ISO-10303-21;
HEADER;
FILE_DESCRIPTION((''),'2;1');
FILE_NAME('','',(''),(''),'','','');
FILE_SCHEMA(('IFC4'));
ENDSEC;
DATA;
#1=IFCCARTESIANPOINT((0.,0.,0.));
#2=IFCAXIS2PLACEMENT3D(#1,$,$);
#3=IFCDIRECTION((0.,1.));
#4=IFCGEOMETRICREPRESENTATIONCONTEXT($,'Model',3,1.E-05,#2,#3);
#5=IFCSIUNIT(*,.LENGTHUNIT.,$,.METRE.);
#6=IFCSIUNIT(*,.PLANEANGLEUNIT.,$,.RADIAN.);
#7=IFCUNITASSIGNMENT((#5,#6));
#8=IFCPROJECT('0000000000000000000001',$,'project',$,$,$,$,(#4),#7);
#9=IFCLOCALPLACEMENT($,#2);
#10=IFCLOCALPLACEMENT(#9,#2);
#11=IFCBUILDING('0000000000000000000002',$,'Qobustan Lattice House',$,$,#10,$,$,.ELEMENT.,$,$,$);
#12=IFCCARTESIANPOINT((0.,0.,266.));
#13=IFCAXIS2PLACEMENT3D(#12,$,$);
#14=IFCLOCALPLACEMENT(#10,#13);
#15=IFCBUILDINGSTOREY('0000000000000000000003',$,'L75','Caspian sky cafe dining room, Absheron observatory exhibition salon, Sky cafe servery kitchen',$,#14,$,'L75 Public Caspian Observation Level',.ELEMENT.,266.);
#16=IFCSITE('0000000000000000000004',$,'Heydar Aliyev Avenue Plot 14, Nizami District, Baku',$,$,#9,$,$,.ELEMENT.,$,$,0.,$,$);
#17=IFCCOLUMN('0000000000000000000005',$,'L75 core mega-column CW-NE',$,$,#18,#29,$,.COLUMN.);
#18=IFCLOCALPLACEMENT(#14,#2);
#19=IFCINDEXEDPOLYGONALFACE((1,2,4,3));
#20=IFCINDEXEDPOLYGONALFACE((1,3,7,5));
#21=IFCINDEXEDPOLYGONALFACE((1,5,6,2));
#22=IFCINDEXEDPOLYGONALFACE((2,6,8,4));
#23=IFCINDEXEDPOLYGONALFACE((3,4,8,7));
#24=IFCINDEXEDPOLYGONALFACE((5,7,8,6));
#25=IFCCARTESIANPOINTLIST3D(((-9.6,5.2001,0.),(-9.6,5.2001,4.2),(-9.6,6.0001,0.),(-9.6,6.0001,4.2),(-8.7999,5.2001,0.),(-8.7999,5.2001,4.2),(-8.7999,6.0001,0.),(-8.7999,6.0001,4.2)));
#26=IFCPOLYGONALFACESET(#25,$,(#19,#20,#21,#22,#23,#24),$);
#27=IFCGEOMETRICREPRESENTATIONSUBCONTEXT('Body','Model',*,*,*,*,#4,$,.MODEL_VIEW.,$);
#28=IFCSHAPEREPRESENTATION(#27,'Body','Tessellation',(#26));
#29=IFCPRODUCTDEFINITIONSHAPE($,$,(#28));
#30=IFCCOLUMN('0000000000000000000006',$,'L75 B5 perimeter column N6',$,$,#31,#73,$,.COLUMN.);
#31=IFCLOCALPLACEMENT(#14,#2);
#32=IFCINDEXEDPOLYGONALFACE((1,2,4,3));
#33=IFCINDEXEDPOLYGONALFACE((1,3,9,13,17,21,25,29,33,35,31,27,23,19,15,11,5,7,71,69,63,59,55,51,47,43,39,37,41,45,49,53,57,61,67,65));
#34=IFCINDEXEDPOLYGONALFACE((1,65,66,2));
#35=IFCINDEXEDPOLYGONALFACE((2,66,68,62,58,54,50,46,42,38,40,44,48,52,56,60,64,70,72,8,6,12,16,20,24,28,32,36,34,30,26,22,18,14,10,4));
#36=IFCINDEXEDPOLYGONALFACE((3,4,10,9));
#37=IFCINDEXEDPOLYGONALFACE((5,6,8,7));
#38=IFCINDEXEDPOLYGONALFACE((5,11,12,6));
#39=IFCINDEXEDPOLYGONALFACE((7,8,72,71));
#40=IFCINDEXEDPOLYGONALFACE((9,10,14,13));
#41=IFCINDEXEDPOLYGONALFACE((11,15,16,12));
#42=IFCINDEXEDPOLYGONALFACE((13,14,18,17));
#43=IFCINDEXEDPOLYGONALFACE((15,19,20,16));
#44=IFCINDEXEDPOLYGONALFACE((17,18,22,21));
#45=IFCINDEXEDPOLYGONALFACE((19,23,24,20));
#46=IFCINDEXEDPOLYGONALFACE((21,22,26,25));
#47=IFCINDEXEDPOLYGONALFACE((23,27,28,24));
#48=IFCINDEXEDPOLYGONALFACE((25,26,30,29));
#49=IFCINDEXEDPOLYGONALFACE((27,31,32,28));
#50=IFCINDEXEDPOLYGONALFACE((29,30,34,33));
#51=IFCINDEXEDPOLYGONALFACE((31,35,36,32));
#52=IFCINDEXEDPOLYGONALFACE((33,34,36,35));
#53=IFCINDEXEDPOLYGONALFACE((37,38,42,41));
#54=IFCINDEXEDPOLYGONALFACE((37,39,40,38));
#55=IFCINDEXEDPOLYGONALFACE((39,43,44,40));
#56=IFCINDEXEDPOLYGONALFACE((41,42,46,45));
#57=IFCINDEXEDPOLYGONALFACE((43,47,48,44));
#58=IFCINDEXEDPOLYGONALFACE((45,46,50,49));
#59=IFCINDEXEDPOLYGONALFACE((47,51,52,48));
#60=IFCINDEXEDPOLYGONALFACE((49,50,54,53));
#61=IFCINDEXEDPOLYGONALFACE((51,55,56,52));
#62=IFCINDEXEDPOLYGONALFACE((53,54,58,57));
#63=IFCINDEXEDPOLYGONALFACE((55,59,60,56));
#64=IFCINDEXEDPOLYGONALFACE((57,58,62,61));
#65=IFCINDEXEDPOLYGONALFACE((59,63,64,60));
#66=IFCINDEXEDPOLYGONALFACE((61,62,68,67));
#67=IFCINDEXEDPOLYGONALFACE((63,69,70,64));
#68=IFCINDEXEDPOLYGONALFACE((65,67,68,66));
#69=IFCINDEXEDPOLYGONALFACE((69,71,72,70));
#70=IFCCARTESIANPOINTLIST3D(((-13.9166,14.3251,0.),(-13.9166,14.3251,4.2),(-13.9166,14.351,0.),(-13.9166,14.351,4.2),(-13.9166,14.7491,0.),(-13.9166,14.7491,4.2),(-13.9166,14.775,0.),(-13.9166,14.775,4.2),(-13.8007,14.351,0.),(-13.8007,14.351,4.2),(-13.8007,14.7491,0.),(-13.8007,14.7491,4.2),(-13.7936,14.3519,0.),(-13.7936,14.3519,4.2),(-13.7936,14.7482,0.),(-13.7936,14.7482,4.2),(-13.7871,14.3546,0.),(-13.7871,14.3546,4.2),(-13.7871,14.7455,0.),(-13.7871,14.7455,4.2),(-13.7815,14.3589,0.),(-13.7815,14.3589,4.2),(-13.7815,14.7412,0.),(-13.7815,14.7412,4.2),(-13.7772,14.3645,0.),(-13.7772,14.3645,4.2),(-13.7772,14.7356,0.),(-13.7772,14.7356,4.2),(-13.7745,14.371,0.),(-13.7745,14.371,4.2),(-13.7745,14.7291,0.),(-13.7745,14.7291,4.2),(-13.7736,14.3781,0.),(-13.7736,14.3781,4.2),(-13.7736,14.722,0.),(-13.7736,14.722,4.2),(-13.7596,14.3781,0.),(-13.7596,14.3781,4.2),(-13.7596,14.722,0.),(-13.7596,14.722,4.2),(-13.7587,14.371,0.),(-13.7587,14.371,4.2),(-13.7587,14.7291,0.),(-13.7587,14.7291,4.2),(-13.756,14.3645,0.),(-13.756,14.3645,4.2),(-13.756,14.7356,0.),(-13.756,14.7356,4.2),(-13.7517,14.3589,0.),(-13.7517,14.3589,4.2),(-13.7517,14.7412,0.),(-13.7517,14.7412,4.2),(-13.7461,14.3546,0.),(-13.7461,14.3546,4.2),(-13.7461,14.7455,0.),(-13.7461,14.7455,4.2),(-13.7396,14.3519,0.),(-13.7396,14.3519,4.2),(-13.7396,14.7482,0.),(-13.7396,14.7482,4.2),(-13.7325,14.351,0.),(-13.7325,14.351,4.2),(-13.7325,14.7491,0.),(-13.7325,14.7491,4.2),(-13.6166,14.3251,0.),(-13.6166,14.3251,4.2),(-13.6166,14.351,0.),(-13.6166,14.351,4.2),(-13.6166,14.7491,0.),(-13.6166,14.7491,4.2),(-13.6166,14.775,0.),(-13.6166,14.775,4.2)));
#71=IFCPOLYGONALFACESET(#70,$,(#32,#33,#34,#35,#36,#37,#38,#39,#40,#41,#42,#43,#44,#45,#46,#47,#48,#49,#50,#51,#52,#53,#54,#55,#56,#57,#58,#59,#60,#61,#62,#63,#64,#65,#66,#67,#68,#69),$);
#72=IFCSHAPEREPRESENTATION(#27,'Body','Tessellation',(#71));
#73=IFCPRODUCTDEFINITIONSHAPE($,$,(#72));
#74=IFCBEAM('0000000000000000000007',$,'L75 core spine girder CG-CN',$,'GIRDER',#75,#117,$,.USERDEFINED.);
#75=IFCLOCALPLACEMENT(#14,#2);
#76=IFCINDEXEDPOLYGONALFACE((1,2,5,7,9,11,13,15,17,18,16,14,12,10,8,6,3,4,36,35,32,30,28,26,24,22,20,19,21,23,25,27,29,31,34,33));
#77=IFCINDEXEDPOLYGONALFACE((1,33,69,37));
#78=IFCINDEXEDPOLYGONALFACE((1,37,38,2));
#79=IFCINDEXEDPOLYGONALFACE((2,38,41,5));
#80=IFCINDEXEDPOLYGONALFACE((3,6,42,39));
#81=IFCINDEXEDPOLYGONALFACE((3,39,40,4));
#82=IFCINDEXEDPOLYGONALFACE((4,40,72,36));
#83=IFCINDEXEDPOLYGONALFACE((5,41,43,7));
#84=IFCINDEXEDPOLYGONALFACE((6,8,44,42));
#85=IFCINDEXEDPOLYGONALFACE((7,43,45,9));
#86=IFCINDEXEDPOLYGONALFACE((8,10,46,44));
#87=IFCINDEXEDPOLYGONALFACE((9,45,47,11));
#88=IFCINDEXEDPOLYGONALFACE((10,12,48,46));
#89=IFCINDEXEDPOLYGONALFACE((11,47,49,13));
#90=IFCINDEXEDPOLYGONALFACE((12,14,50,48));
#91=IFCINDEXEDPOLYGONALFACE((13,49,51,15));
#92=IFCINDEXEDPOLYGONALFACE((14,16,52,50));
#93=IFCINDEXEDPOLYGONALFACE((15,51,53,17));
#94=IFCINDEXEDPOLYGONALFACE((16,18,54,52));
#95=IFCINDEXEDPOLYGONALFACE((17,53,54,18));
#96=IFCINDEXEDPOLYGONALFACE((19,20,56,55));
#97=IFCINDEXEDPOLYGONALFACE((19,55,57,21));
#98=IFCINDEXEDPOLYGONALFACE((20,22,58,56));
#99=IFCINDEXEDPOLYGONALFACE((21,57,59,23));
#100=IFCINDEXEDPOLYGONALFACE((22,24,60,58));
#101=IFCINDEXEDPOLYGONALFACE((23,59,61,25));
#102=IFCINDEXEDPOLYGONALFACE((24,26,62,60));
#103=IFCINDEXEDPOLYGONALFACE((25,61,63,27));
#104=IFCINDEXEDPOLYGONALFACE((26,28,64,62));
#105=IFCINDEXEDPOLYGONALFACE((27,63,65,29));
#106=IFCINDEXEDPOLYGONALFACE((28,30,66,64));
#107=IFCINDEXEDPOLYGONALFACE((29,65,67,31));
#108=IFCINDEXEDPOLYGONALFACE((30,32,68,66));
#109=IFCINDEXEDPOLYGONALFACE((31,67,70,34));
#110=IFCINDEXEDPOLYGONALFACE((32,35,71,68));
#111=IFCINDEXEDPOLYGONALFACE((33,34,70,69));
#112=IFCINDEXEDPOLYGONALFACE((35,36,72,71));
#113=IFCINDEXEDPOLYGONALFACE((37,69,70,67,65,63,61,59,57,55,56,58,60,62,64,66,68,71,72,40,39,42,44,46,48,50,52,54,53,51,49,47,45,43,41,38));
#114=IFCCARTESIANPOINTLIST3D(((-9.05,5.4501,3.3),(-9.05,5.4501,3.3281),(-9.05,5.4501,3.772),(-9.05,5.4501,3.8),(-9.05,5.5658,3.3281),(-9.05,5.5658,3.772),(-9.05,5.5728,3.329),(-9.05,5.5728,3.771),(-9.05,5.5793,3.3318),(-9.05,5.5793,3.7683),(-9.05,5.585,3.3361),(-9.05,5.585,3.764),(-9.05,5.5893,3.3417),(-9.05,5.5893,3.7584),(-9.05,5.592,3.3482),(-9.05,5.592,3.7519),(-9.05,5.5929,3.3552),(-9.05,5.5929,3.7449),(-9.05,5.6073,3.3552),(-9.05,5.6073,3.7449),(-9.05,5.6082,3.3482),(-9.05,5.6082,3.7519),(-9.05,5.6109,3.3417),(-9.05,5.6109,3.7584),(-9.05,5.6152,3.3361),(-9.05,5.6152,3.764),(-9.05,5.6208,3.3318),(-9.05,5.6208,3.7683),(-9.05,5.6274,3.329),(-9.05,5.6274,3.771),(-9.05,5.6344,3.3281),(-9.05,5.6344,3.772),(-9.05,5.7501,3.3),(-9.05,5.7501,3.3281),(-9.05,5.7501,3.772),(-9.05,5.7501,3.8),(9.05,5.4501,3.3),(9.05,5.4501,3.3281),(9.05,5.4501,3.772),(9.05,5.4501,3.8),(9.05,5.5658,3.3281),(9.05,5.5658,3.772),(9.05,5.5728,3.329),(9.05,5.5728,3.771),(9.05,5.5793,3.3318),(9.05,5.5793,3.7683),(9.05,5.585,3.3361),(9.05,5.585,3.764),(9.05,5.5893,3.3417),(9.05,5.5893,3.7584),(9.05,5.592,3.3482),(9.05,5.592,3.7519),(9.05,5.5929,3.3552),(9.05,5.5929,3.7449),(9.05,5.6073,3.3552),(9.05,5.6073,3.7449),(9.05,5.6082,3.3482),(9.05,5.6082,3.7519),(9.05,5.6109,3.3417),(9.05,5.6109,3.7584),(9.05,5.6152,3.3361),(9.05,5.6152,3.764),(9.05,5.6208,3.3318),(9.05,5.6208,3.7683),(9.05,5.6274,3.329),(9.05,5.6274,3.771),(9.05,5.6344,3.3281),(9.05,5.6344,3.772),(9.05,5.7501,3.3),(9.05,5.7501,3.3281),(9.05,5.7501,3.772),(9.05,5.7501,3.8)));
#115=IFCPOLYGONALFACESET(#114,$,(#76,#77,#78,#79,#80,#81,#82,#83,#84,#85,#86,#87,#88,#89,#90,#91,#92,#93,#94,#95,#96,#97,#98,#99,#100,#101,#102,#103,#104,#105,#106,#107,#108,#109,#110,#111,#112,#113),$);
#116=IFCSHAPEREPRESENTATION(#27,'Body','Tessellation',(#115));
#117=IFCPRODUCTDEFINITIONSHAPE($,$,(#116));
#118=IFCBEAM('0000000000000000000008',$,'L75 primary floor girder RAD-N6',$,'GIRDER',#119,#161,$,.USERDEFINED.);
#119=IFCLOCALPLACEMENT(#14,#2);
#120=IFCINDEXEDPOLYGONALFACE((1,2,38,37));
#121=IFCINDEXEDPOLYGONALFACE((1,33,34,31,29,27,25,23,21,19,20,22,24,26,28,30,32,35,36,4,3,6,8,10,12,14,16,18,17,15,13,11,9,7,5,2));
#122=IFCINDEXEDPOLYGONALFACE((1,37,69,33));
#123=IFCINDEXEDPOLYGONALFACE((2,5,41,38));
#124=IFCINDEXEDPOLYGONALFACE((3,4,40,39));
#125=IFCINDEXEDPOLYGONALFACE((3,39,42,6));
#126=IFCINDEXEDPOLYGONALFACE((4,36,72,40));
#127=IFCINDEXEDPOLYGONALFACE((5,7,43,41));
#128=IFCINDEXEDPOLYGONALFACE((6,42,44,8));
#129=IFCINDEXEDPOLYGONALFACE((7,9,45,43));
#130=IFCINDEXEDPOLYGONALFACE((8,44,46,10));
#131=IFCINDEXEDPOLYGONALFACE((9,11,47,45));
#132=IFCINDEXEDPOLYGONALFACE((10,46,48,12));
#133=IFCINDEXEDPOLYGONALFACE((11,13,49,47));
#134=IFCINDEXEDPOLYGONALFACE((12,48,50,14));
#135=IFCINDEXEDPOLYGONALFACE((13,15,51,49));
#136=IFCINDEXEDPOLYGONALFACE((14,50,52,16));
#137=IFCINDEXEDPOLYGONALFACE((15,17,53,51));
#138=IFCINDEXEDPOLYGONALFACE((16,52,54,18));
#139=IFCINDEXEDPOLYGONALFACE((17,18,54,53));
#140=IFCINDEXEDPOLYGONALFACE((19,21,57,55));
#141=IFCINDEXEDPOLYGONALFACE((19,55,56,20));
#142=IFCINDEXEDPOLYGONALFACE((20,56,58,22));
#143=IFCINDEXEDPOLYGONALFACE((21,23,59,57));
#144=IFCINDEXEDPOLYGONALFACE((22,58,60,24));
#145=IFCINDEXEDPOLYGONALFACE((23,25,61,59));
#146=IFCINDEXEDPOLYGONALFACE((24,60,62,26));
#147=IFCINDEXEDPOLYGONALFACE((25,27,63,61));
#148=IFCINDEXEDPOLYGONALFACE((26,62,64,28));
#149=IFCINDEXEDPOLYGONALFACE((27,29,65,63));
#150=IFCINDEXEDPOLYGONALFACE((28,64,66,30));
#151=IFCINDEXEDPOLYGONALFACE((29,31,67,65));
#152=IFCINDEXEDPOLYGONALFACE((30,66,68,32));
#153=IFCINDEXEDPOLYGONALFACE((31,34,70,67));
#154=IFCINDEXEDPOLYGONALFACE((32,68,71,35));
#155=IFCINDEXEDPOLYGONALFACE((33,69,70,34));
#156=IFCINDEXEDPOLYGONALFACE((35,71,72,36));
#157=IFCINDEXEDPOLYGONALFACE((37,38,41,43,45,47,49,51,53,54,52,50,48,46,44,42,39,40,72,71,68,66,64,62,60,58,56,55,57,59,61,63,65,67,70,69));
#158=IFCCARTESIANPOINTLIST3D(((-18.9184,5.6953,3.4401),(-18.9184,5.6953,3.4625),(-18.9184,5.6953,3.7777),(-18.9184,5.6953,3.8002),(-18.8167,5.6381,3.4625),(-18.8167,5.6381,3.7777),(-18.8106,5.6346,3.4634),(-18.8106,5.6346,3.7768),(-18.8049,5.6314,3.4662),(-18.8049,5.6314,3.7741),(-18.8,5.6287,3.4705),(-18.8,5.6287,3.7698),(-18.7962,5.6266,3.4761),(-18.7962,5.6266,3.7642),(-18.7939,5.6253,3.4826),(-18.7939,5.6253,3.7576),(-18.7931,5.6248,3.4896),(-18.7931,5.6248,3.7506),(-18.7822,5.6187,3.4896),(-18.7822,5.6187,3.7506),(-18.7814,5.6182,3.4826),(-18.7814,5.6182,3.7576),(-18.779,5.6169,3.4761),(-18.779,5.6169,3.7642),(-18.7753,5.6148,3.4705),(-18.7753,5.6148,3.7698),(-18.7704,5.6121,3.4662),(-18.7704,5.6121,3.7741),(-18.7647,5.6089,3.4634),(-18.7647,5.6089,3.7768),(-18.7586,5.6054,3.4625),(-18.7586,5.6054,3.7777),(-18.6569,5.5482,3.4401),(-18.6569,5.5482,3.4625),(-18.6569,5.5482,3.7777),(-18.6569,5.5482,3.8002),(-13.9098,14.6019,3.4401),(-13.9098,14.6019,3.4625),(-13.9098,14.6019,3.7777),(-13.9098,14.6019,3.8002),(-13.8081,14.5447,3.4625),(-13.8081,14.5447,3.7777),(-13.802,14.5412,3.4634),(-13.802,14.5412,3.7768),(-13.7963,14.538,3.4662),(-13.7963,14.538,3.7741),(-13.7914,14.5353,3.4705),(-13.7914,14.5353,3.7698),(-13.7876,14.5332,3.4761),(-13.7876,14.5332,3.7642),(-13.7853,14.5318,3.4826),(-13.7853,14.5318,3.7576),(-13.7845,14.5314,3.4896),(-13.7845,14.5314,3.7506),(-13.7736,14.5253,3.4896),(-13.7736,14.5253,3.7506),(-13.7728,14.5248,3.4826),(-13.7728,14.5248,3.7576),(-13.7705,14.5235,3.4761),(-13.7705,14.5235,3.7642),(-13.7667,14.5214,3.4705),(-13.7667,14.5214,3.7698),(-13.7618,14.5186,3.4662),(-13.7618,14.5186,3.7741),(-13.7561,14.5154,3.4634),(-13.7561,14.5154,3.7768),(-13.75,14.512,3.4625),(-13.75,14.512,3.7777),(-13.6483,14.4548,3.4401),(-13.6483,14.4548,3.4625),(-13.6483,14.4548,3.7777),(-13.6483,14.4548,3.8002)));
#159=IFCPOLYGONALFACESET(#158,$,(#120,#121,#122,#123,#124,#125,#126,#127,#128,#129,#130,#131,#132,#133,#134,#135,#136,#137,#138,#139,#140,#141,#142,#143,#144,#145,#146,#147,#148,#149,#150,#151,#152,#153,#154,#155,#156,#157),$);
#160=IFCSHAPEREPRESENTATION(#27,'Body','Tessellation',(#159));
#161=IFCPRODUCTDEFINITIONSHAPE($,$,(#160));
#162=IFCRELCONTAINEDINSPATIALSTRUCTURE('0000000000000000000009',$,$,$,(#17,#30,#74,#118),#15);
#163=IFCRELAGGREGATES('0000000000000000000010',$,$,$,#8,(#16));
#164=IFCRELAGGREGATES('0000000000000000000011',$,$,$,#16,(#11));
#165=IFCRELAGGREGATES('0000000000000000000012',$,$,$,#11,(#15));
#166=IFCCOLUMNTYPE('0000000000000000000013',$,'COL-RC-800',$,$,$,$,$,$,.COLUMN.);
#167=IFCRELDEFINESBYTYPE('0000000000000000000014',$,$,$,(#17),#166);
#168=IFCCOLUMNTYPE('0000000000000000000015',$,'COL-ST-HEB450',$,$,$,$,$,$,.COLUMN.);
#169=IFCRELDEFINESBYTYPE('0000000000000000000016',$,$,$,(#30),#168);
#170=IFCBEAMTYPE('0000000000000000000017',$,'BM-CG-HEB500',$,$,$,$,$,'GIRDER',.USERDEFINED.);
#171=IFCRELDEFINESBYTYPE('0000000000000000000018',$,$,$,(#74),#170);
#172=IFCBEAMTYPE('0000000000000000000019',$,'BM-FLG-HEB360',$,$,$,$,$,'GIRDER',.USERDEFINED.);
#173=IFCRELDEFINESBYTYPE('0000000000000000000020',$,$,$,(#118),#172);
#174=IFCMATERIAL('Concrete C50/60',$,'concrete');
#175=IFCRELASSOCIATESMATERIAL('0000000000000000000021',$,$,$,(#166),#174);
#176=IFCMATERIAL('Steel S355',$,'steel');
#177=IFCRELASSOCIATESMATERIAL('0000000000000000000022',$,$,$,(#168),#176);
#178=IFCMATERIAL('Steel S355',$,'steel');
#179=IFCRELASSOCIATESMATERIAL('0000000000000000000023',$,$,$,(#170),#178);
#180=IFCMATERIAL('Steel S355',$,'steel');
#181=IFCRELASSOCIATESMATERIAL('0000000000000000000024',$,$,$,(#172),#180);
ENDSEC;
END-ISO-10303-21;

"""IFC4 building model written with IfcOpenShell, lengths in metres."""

from ifc_helpers import new_model, si_unit, direction, frame, origin, origin_2d, place, context, subcontext, project, spatial, rectangle, i_section, extrude, material, material_profile, profile_set, type_object, element, save


model = new_model("IFC4")

# Units and contexts
model_context = context("Model", 3, precision=1e-05, world=origin(), true_north=direction((0.0, 1.0)))
body_context = subcontext(model_context, "Body", "Model", "MODEL_VIEW")
ifc_project = project(units=[si_unit("LENGTHUNIT", "METRE"), si_unit("PLANEANGLEUNIT", "RADIAN")], contexts=[model_context])

# Site, building, storey
site_placement = place(None, origin())
site = spatial("IfcSite", under=ifc_project, at=site_placement, Name="Heydar Aliyev Avenue Plot 14, Nizami District, Baku", CompositionType="ELEMENT", RefElevation=0.0)
building_placement = place(site_placement, origin())
building = spatial("IfcBuilding", under=site, at=building_placement, Name="Qobustan Lattice House", CompositionType="ELEMENT")
storey_placement = place(building_placement, frame((0.0, 0.0, 266.0)))
storey = spatial("IfcBuildingStorey", under=building, at=storey_placement, Name="L75", Description="Caspian sky cafe dining room, Absheron observatory exhibition salon, Sky cafe servery kitchen", LongName="L75 Public Caspian Observation Level", CompositionType="ELEMENT", Elevation=266.0)

# Columns
ifc_material_1 = material(Name="Concrete C50/60", Category="concrete")
ifc_material_profile_1 = material_profile(ifc_material_1, rectangle(XDim=0.8, YDim=0.8, at=origin_2d()), Name="RC800x800")
ifc_profile_set_1 = profile_set([ifc_material_profile_1], Name="Concrete C50/60")
column_type_1 = type_object("IfcColumnType", Name="COL-RC-800", PredefinedType="COLUMN", material=ifc_profile_set_1)
column_1_placement = place(storey_placement, frame((-9.2, 5.6001, 0.0), z_axis=(0.0, 0.0, 1.0), x_axis=(1.0, 0.0, 0.0)))
element("IfcColumn", 1, at=column_1_placement, inside=storey, type_object=column_type_1, Name="L75 core mega-column CW-NE", PredefinedType="COLUMN", context=body_context, shape_type="SweptSolid", body=[
    extrude(rectangle(XDim=0.8, YDim=0.8, at=origin_2d()), origin(), (0.0, 0.0, 1.0), 4.2),
])
ifc_material_2 = material(Name="Steel S355", Category="steel")
ifc_material_profile_2 = material_profile(ifc_material_2, i_section(OverallWidth=0.3, OverallDepth=0.45, WebThickness=0.0139, FlangeThickness=0.0259, FilletRadius=0.0271, at=origin_2d()), Name="HEB450")
ifc_profile_set_2 = profile_set([ifc_material_profile_2], Name="Steel S355")
column_type_2 = type_object("IfcColumnType", Name="COL-ST-HEB450", PredefinedType="COLUMN", material=ifc_profile_set_2)
column_2_placement = place(storey_placement, frame((-13.7666, 14.55, 0.0), z_axis=(0.0, 0.0, 1.0), x_axis=(1.0, 0.0, 0.0)))
element("IfcColumn", 2, at=column_2_placement, inside=storey, type_object=column_type_2, Name="L75 B5 perimeter column N6", PredefinedType="COLUMN", context=body_context, shape_type="SweptSolid", body=[
    extrude(i_section(OverallWidth=0.3, OverallDepth=0.45, WebThickness=0.0139, FlangeThickness=0.0259, FilletRadius=0.0271, at=origin_2d()), origin(), (0.0, 0.0, 1.0), 4.2),
])

# Beams
ifc_material_3 = material(Name="Steel S355", Category="steel")
ifc_material_profile_3 = material_profile(ifc_material_3, i_section(OverallWidth=0.3, OverallDepth=0.5, WebThickness=0.0144, FlangeThickness=0.0281, FilletRadius=0.0271, at=origin_2d()), Name="HEB500")
ifc_profile_set_3 = profile_set([ifc_material_profile_3], Name="Steel S355")
beam_type_1 = type_object("IfcBeamType", Name="BM-CG-HEB500", ElementType="GIRDER", PredefinedType="USERDEFINED", material=ifc_profile_set_3)
beam_1_placement = place(storey_placement, frame((-9.05, 5.6001, 3.55), z_axis=(1.0, 0.0, 0.0), x_axis=(0.0, 1.0, 0.0)))
element("IfcBeam", 3, at=beam_1_placement, inside=storey, type_object=beam_type_1, Name="L75 core spine girder CG-CN", ObjectType="GIRDER", PredefinedType="USERDEFINED", context=body_context, shape_type="SweptSolid", body=[
    extrude(i_section(OverallWidth=0.3, OverallDepth=0.5, WebThickness=0.0144, FlangeThickness=0.0281, FilletRadius=0.0271, at=origin_2d()), origin(), (0.0, 0.0, 1.0), 18.1001),
])
ifc_material_4 = material(Name="Steel S355", Category="steel")
ifc_material_profile_4 = material_profile(ifc_material_4, i_section(OverallWidth=0.3, OverallDepth=0.3601, WebThickness=0.0125, FlangeThickness=0.0225, FilletRadius=0.0271, at=origin_2d()), Name="HEB360")
ifc_profile_set_4 = profile_set([ifc_material_profile_4], Name="Steel S355")
beam_type_2 = type_object("IfcBeamType", Name="BM-FLG-HEB360", ElementType="GIRDER", PredefinedType="USERDEFINED", material=ifc_profile_set_4)
beam_2_placement = place(storey_placement, frame((-13.7791, 14.5283, 3.6201), z_axis=(-0.49016, -0.871632, 0.0), x_axis=(0.871632, -0.49016, 0.0)))
element("IfcBeam", 4, at=beam_2_placement, inside=storey, type_object=beam_type_2, Name="L75 primary floor girder RAD-N6", ObjectType="GIRDER", PredefinedType="USERDEFINED", context=body_context, shape_type="SweptSolid", body=[
    extrude(i_section(OverallWidth=0.3, OverallDepth=0.3601, WebThickness=0.0125, FlangeThickness=0.0225, FilletRadius=0.0271, at=origin_2d()), origin(), (0.0, 0.0, 1.0), 10.2183),
])

save(model, "model.ifc")
